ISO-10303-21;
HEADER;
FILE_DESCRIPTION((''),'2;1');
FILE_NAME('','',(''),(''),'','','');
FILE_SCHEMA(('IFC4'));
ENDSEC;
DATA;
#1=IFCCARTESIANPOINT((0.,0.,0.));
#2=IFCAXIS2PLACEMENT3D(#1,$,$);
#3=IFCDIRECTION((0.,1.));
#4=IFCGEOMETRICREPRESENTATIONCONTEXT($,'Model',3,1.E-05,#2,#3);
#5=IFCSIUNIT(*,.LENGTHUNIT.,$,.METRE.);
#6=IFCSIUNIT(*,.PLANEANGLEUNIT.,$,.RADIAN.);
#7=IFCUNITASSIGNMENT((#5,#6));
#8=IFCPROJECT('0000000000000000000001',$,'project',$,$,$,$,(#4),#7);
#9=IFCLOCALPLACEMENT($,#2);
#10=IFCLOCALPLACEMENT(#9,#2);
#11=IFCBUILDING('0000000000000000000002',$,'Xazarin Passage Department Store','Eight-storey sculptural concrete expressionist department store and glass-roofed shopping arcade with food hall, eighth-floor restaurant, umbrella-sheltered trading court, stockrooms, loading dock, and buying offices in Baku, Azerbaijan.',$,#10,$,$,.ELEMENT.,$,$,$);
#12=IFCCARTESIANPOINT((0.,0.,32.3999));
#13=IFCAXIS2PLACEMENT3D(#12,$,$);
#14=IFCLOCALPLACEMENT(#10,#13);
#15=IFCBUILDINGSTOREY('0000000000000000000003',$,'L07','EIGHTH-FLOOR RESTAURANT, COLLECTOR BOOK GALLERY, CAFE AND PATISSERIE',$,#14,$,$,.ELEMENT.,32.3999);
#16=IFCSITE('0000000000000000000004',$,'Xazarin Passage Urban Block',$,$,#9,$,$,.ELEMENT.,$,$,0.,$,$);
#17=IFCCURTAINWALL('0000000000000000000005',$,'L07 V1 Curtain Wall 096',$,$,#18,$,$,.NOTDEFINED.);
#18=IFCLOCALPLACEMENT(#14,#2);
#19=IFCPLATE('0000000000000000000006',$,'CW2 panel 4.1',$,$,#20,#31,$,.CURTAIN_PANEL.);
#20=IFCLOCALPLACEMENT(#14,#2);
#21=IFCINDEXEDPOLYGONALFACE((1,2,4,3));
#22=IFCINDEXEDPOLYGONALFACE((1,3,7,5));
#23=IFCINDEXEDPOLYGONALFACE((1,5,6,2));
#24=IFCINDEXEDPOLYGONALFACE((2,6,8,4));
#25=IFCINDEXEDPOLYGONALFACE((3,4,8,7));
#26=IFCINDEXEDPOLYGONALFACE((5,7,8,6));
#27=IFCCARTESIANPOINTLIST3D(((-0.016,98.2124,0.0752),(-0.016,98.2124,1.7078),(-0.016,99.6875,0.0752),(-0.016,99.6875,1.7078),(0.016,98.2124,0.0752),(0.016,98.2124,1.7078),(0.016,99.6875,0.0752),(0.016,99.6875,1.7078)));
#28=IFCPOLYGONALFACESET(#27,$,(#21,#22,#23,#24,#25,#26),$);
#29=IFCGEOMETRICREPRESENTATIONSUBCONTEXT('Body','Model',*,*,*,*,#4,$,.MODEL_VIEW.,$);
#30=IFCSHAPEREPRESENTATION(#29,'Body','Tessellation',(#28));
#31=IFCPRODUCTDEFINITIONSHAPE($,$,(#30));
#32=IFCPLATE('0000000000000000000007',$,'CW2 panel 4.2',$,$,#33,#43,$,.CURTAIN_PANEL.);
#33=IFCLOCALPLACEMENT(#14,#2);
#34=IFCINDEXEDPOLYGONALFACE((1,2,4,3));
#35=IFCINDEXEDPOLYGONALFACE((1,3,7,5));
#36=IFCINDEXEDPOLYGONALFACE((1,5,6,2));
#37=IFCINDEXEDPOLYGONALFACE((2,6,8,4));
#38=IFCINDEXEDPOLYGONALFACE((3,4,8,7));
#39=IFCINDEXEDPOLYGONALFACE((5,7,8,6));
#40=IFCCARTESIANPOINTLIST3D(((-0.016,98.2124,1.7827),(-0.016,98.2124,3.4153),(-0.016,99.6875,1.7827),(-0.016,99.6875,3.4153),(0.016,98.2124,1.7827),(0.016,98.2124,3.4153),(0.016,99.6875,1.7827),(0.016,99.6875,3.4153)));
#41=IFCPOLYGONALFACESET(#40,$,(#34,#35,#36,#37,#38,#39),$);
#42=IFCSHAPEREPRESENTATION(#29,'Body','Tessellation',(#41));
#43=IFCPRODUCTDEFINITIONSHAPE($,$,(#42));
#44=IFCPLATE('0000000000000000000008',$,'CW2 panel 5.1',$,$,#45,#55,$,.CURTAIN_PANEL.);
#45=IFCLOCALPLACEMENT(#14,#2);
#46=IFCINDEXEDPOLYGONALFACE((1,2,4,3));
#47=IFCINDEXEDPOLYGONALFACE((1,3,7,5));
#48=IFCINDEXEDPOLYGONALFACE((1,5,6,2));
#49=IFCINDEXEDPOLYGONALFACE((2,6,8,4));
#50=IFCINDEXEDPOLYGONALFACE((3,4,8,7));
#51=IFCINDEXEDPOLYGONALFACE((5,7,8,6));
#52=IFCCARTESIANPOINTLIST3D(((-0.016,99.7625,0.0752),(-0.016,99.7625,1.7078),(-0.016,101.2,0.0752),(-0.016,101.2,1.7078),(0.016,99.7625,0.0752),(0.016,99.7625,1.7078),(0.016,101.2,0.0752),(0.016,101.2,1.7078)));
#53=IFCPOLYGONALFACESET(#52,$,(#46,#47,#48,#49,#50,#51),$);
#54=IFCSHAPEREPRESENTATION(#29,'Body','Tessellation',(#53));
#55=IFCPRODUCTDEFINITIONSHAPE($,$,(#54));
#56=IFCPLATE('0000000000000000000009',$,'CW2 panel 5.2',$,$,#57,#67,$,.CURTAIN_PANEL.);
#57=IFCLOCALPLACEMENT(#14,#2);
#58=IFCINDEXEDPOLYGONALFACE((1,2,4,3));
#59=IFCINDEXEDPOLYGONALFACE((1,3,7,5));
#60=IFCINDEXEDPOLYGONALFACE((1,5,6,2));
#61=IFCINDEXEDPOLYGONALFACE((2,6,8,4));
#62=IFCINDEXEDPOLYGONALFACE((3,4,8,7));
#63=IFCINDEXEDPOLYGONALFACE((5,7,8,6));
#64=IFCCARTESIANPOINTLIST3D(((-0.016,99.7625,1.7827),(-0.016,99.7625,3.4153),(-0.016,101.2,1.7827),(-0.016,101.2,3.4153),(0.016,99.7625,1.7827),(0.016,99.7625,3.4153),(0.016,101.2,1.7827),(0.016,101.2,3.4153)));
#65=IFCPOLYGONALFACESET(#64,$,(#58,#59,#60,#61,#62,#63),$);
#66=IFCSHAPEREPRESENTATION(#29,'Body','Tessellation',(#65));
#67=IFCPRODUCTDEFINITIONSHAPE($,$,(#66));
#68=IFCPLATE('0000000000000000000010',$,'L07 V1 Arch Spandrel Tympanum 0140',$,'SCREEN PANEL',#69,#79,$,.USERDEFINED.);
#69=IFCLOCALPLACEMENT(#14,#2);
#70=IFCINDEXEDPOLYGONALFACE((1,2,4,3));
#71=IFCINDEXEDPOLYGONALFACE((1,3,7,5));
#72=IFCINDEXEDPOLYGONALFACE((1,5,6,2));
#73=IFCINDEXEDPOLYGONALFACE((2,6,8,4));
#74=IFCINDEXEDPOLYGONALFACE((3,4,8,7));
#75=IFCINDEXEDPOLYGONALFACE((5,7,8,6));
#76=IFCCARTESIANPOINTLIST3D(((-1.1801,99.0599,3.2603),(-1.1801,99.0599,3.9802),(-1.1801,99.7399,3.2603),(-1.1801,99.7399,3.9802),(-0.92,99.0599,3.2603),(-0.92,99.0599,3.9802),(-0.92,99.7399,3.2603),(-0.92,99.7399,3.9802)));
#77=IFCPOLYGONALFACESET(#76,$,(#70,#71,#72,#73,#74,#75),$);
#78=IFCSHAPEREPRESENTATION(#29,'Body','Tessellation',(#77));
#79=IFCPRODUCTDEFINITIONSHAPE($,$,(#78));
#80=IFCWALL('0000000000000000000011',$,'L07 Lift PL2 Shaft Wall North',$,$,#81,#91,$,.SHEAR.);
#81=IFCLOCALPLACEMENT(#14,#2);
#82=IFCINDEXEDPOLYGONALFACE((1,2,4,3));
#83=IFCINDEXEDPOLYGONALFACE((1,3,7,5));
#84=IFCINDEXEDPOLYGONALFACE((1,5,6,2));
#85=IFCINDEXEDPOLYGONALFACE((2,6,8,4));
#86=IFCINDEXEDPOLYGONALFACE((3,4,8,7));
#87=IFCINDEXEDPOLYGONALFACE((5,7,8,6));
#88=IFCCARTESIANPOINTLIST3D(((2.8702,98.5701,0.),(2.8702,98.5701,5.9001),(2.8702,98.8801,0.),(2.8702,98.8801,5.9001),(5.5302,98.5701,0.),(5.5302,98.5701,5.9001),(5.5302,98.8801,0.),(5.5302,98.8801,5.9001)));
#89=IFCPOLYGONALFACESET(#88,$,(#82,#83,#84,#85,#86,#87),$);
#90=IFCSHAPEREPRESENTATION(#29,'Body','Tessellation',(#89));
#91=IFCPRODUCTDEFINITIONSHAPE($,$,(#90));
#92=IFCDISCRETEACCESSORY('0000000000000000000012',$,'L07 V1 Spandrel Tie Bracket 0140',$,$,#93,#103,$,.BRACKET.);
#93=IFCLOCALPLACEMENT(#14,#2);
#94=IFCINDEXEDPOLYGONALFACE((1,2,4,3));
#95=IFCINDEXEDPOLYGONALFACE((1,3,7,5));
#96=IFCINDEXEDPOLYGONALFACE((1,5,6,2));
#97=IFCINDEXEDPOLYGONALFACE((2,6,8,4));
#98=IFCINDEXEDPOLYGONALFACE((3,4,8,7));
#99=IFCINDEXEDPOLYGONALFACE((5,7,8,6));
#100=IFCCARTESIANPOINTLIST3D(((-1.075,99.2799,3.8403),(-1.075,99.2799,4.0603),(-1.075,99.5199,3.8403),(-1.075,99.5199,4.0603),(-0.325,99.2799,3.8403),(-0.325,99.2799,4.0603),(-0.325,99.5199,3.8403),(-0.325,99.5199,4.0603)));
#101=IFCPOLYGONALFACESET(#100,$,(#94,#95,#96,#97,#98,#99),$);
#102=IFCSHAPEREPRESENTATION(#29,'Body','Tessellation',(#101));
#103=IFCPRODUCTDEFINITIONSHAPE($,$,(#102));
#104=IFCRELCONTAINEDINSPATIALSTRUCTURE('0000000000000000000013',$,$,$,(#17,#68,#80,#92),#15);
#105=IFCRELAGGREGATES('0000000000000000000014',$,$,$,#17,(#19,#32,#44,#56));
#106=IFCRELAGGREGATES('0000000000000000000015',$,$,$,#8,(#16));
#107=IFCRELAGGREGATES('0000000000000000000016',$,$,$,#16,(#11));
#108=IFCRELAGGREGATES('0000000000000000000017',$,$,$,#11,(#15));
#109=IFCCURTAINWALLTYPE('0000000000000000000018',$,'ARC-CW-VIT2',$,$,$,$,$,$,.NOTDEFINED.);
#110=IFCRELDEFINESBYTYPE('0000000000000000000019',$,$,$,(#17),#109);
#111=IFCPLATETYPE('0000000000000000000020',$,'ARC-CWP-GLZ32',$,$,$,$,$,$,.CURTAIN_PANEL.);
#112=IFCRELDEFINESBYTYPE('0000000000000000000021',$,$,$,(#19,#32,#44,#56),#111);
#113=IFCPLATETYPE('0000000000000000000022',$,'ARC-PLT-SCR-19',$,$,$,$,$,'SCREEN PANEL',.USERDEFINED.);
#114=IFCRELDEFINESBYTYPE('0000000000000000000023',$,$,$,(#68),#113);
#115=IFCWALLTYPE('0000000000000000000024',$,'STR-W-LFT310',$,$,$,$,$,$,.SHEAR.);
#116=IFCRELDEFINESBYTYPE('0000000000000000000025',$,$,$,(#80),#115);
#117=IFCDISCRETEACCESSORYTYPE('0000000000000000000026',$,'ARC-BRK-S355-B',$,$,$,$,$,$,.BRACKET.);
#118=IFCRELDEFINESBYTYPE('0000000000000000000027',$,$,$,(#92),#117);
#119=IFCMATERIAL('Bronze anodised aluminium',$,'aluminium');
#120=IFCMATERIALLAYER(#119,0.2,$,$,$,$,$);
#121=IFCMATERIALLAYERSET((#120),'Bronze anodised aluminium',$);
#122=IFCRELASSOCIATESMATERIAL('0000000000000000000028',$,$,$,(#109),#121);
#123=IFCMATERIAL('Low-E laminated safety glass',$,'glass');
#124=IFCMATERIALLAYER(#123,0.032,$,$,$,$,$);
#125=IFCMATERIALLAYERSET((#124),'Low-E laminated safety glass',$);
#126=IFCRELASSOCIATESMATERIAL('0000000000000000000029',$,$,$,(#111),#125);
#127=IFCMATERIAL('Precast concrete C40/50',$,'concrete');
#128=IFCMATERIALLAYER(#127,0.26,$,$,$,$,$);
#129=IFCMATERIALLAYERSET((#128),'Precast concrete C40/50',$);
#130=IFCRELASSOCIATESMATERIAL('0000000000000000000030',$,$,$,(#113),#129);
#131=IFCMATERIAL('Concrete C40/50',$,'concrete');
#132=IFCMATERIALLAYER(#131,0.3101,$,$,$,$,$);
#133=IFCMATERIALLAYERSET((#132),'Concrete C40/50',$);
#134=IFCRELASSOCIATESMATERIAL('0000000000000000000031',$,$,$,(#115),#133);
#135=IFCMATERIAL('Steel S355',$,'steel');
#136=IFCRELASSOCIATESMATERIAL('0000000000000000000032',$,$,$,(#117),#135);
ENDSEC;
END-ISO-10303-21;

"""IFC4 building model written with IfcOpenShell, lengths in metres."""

from ifc_helpers import new_model, si_unit, direction, frame, frame_2d, origin, origin_2d, place, context, subcontext, project, spatial, rectangle, extrude, material, layer, layer_set, type_object, element, aggregate, save


model = new_model("IFC4")

# Units and contexts
model_context = context("Model", 3, precision=1e-05, world=origin(), true_north=direction((0.0, 1.0)))
body_context = subcontext(model_context, "Body", "Model", "MODEL_VIEW")
ifc_project = project(units=[si_unit("LENGTHUNIT", "METRE"), si_unit("PLANEANGLEUNIT", "RADIAN")], contexts=[model_context])

# Site, building, storey
site_placement = place(None, origin())
site = spatial("IfcSite", under=ifc_project, at=site_placement, Name="Xazarin Passage Urban Block", CompositionType="ELEMENT", RefElevation=0.0)
building_placement = place(site_placement, origin())
building = spatial("IfcBuilding", under=site, at=building_placement, Name="Xazarin Passage Department Store", Description="Eight-storey sculptural concrete expressionist department store and glass-roofed shopping arcade with food hall, eighth-floor restaurant, umbrella-sheltered trading court, stockrooms, loading dock, and buying offices in Baku, Azerbaijan.", CompositionType="ELEMENT")
storey_placement = place(building_placement, frame((0.0, 0.0, 32.3999)))
storey = spatial("IfcBuildingStorey", under=building, at=storey_placement, Name="L07", Description="EIGHTH-FLOOR RESTAURANT, COLLECTOR BOOK GALLERY, CAFE AND PATISSERIE", CompositionType="ELEMENT", Elevation=32.3999)

# Shared definitions
ifc_material_1 = material(Name="Concrete C40/50", Category="concrete")

# Curtain wall
ifc_material_2 = material(Name="Bronze anodised aluminium", Category="aluminium")
ifc_layer_1 = layer(ifc_material_2, 0.2)
ifc_layer_set_1 = layer_set([ifc_layer_1], Name="Bronze anodised aluminium")
curtain_wall_type = type_object("IfcCurtainWallType", Name="ARC-CW-VIT2", PredefinedType="NOTDEFINED", material=ifc_layer_set_1)
curtain_wall_1_placement = place(storey_placement, origin())
curtain_wall_1 = element("IfcCurtainWall", 1, at=curtain_wall_1_placement, inside=storey, type_object=curtain_wall_type, Name="L07 V1 Curtain Wall 096", PredefinedType="NOTDEFINED")

# Plates
ifc_material_3 = material(Name="Low-E laminated safety glass", Category="glass")
ifc_layer_2 = layer(ifc_material_3, 0.032)
ifc_layer_set_2 = layer_set([ifc_layer_2], Name="Low-E laminated safety glass")
plate_type_1 = type_object("IfcPlateType", Name="ARC-CWP-GLZ32", PredefinedType="CURTAIN_PANEL", material=ifc_layer_set_2)
plate_1_placement = place(storey_placement, frame((0.0, 98.95, 0.0752), z_axis=(0.0, 0.0, 1.0), x_axis=(0.0, 1.0, 0.0)))
plate_1 = element("IfcPlate", 2, at=plate_1_placement, type_object=plate_type_1, Name="CW2 panel 4.1", PredefinedType="CURTAIN_PANEL", context=body_context, shape_type="SweptSolid", body=[
    extrude(rectangle(XDim=1.4751, YDim=0.032, at=origin_2d()), origin(), (0.0, 0.0, 1.0), 1.6326),
])
plate_2_placement = place(storey_placement, frame((0.0, 98.95, 1.7827), z_axis=(0.0, 0.0, 1.0), x_axis=(0.0, 1.0, 0.0)))
plate_2 = element("IfcPlate", 3, at=plate_2_placement, type_object=plate_type_1, Name="CW2 panel 4.2", PredefinedType="CURTAIN_PANEL", context=body_context, shape_type="SweptSolid", body=[
    extrude(rectangle(XDim=1.4751, YDim=0.032, at=origin_2d()), origin(), (0.0, 0.0, 1.0), 1.6326),
])
plate_3_placement = place(storey_placement, frame((0.0, 100.4812, 0.0752), z_axis=(0.0, 0.0, 1.0), x_axis=(0.0, 1.0, 0.0)))
plate_3 = element("IfcPlate", 4, at=plate_3_placement, type_object=plate_type_1, Name="CW2 panel 5.1", PredefinedType="CURTAIN_PANEL", context=body_context, shape_type="SweptSolid", body=[
    extrude(rectangle(XDim=1.4375, YDim=0.032, at=origin_2d()), origin(), (0.0, 0.0, 1.0), 1.6326),
])
plate_4_placement = place(storey_placement, frame((0.0, 100.4812, 1.7827), z_axis=(0.0, 0.0, 1.0), x_axis=(0.0, 1.0, 0.0)))
plate_4 = element("IfcPlate", 5, at=plate_4_placement, type_object=plate_type_1, Name="CW2 panel 5.2", PredefinedType="CURTAIN_PANEL", context=body_context, shape_type="SweptSolid", body=[
    extrude(rectangle(XDim=1.4375, YDim=0.032, at=origin_2d()), origin(), (0.0, 0.0, 1.0), 1.6326),
])
aggregate(curtain_wall_1, [plate_1, plate_2, plate_3, plate_4])
ifc_material_4 = material(Name="Precast concrete C40/50", Category="concrete")
ifc_layer_3 = layer(ifc_material_4, 0.26)
ifc_layer_set_3 = layer_set([ifc_layer_3], Name="Precast concrete C40/50")
plate_type_2 = type_object("IfcPlateType", Name="ARC-PLT-SCR-19", ElementType="SCREEN PANEL", PredefinedType="USERDEFINED", material=ifc_layer_set_3)
plate_5_placement = place(storey_placement, frame((-1.05, 99.3999, 3.2603), z_axis=(0.0, 0.0, 1.0), x_axis=(0.0, 1.0, 0.0)))
element("IfcPlate", 6, at=plate_5_placement, inside=storey, type_object=plate_type_2, Name="L07 V1 Arch Spandrel Tympanum 0140", ObjectType="SCREEN PANEL", PredefinedType="USERDEFINED", context=body_context, shape_type="SweptSolid", body=[
    extrude(rectangle(XDim=0.6799, YDim=0.26, at=origin_2d()), origin(), (0.0, 0.0, 1.0), 0.72),
])

# Wall
ifc_layer_4 = layer(ifc_material_1, 0.3101)
ifc_layer_set_4 = layer_set([ifc_layer_4], Name="Concrete C40/50")
wall_type = type_object("IfcWallType", Name="STR-W-LFT310", PredefinedType="SHEAR", material=ifc_layer_set_4)
wall_placement = place(storey_placement, frame((2.8701, 98.7251, 0.0), z_axis=(0.0, 0.0, 1.0), x_axis=(1.0, 0.0, 0.0)))
element("IfcWall", 7, at=wall_placement, inside=storey, type_object=wall_type, Name="L07 Lift PL2 Shaft Wall North", PredefinedType="SHEAR", context=body_context, shape_type="SweptSolid", body=[
    extrude(rectangle(XDim=2.6599, YDim=0.3101, at=frame_2d((1.3301, 0.0))), origin(), (0.0, 0.0, 1.0), 5.9001),
])

# Discrete accessory
ifc_material_5 = material(Name="Steel S355", Category="steel")
discrete_accessory_type = type_object("IfcDiscreteAccessoryType", Name="ARC-BRK-S355-B", PredefinedType="BRACKET", material=ifc_material_5)
discrete_accessory_placement = place(storey_placement, frame((-0.7, 99.3999, 3.8403), z_axis=(0.0, 0.0, 1.0), x_axis=(0.0, 1.0, 0.0)))
element("IfcDiscreteAccessory", 8, at=discrete_accessory_placement, inside=storey, type_object=discrete_accessory_type, Name="L07 V1 Spandrel Tie Bracket 0140", PredefinedType="BRACKET", context=body_context, shape_type="SweptSolid", body=[
    extrude(rectangle(XDim=0.24, YDim=0.75, at=origin_2d()), origin(), (0.0, 0.0, 1.0), 0.22),
])

save(model, "model.ifc")
